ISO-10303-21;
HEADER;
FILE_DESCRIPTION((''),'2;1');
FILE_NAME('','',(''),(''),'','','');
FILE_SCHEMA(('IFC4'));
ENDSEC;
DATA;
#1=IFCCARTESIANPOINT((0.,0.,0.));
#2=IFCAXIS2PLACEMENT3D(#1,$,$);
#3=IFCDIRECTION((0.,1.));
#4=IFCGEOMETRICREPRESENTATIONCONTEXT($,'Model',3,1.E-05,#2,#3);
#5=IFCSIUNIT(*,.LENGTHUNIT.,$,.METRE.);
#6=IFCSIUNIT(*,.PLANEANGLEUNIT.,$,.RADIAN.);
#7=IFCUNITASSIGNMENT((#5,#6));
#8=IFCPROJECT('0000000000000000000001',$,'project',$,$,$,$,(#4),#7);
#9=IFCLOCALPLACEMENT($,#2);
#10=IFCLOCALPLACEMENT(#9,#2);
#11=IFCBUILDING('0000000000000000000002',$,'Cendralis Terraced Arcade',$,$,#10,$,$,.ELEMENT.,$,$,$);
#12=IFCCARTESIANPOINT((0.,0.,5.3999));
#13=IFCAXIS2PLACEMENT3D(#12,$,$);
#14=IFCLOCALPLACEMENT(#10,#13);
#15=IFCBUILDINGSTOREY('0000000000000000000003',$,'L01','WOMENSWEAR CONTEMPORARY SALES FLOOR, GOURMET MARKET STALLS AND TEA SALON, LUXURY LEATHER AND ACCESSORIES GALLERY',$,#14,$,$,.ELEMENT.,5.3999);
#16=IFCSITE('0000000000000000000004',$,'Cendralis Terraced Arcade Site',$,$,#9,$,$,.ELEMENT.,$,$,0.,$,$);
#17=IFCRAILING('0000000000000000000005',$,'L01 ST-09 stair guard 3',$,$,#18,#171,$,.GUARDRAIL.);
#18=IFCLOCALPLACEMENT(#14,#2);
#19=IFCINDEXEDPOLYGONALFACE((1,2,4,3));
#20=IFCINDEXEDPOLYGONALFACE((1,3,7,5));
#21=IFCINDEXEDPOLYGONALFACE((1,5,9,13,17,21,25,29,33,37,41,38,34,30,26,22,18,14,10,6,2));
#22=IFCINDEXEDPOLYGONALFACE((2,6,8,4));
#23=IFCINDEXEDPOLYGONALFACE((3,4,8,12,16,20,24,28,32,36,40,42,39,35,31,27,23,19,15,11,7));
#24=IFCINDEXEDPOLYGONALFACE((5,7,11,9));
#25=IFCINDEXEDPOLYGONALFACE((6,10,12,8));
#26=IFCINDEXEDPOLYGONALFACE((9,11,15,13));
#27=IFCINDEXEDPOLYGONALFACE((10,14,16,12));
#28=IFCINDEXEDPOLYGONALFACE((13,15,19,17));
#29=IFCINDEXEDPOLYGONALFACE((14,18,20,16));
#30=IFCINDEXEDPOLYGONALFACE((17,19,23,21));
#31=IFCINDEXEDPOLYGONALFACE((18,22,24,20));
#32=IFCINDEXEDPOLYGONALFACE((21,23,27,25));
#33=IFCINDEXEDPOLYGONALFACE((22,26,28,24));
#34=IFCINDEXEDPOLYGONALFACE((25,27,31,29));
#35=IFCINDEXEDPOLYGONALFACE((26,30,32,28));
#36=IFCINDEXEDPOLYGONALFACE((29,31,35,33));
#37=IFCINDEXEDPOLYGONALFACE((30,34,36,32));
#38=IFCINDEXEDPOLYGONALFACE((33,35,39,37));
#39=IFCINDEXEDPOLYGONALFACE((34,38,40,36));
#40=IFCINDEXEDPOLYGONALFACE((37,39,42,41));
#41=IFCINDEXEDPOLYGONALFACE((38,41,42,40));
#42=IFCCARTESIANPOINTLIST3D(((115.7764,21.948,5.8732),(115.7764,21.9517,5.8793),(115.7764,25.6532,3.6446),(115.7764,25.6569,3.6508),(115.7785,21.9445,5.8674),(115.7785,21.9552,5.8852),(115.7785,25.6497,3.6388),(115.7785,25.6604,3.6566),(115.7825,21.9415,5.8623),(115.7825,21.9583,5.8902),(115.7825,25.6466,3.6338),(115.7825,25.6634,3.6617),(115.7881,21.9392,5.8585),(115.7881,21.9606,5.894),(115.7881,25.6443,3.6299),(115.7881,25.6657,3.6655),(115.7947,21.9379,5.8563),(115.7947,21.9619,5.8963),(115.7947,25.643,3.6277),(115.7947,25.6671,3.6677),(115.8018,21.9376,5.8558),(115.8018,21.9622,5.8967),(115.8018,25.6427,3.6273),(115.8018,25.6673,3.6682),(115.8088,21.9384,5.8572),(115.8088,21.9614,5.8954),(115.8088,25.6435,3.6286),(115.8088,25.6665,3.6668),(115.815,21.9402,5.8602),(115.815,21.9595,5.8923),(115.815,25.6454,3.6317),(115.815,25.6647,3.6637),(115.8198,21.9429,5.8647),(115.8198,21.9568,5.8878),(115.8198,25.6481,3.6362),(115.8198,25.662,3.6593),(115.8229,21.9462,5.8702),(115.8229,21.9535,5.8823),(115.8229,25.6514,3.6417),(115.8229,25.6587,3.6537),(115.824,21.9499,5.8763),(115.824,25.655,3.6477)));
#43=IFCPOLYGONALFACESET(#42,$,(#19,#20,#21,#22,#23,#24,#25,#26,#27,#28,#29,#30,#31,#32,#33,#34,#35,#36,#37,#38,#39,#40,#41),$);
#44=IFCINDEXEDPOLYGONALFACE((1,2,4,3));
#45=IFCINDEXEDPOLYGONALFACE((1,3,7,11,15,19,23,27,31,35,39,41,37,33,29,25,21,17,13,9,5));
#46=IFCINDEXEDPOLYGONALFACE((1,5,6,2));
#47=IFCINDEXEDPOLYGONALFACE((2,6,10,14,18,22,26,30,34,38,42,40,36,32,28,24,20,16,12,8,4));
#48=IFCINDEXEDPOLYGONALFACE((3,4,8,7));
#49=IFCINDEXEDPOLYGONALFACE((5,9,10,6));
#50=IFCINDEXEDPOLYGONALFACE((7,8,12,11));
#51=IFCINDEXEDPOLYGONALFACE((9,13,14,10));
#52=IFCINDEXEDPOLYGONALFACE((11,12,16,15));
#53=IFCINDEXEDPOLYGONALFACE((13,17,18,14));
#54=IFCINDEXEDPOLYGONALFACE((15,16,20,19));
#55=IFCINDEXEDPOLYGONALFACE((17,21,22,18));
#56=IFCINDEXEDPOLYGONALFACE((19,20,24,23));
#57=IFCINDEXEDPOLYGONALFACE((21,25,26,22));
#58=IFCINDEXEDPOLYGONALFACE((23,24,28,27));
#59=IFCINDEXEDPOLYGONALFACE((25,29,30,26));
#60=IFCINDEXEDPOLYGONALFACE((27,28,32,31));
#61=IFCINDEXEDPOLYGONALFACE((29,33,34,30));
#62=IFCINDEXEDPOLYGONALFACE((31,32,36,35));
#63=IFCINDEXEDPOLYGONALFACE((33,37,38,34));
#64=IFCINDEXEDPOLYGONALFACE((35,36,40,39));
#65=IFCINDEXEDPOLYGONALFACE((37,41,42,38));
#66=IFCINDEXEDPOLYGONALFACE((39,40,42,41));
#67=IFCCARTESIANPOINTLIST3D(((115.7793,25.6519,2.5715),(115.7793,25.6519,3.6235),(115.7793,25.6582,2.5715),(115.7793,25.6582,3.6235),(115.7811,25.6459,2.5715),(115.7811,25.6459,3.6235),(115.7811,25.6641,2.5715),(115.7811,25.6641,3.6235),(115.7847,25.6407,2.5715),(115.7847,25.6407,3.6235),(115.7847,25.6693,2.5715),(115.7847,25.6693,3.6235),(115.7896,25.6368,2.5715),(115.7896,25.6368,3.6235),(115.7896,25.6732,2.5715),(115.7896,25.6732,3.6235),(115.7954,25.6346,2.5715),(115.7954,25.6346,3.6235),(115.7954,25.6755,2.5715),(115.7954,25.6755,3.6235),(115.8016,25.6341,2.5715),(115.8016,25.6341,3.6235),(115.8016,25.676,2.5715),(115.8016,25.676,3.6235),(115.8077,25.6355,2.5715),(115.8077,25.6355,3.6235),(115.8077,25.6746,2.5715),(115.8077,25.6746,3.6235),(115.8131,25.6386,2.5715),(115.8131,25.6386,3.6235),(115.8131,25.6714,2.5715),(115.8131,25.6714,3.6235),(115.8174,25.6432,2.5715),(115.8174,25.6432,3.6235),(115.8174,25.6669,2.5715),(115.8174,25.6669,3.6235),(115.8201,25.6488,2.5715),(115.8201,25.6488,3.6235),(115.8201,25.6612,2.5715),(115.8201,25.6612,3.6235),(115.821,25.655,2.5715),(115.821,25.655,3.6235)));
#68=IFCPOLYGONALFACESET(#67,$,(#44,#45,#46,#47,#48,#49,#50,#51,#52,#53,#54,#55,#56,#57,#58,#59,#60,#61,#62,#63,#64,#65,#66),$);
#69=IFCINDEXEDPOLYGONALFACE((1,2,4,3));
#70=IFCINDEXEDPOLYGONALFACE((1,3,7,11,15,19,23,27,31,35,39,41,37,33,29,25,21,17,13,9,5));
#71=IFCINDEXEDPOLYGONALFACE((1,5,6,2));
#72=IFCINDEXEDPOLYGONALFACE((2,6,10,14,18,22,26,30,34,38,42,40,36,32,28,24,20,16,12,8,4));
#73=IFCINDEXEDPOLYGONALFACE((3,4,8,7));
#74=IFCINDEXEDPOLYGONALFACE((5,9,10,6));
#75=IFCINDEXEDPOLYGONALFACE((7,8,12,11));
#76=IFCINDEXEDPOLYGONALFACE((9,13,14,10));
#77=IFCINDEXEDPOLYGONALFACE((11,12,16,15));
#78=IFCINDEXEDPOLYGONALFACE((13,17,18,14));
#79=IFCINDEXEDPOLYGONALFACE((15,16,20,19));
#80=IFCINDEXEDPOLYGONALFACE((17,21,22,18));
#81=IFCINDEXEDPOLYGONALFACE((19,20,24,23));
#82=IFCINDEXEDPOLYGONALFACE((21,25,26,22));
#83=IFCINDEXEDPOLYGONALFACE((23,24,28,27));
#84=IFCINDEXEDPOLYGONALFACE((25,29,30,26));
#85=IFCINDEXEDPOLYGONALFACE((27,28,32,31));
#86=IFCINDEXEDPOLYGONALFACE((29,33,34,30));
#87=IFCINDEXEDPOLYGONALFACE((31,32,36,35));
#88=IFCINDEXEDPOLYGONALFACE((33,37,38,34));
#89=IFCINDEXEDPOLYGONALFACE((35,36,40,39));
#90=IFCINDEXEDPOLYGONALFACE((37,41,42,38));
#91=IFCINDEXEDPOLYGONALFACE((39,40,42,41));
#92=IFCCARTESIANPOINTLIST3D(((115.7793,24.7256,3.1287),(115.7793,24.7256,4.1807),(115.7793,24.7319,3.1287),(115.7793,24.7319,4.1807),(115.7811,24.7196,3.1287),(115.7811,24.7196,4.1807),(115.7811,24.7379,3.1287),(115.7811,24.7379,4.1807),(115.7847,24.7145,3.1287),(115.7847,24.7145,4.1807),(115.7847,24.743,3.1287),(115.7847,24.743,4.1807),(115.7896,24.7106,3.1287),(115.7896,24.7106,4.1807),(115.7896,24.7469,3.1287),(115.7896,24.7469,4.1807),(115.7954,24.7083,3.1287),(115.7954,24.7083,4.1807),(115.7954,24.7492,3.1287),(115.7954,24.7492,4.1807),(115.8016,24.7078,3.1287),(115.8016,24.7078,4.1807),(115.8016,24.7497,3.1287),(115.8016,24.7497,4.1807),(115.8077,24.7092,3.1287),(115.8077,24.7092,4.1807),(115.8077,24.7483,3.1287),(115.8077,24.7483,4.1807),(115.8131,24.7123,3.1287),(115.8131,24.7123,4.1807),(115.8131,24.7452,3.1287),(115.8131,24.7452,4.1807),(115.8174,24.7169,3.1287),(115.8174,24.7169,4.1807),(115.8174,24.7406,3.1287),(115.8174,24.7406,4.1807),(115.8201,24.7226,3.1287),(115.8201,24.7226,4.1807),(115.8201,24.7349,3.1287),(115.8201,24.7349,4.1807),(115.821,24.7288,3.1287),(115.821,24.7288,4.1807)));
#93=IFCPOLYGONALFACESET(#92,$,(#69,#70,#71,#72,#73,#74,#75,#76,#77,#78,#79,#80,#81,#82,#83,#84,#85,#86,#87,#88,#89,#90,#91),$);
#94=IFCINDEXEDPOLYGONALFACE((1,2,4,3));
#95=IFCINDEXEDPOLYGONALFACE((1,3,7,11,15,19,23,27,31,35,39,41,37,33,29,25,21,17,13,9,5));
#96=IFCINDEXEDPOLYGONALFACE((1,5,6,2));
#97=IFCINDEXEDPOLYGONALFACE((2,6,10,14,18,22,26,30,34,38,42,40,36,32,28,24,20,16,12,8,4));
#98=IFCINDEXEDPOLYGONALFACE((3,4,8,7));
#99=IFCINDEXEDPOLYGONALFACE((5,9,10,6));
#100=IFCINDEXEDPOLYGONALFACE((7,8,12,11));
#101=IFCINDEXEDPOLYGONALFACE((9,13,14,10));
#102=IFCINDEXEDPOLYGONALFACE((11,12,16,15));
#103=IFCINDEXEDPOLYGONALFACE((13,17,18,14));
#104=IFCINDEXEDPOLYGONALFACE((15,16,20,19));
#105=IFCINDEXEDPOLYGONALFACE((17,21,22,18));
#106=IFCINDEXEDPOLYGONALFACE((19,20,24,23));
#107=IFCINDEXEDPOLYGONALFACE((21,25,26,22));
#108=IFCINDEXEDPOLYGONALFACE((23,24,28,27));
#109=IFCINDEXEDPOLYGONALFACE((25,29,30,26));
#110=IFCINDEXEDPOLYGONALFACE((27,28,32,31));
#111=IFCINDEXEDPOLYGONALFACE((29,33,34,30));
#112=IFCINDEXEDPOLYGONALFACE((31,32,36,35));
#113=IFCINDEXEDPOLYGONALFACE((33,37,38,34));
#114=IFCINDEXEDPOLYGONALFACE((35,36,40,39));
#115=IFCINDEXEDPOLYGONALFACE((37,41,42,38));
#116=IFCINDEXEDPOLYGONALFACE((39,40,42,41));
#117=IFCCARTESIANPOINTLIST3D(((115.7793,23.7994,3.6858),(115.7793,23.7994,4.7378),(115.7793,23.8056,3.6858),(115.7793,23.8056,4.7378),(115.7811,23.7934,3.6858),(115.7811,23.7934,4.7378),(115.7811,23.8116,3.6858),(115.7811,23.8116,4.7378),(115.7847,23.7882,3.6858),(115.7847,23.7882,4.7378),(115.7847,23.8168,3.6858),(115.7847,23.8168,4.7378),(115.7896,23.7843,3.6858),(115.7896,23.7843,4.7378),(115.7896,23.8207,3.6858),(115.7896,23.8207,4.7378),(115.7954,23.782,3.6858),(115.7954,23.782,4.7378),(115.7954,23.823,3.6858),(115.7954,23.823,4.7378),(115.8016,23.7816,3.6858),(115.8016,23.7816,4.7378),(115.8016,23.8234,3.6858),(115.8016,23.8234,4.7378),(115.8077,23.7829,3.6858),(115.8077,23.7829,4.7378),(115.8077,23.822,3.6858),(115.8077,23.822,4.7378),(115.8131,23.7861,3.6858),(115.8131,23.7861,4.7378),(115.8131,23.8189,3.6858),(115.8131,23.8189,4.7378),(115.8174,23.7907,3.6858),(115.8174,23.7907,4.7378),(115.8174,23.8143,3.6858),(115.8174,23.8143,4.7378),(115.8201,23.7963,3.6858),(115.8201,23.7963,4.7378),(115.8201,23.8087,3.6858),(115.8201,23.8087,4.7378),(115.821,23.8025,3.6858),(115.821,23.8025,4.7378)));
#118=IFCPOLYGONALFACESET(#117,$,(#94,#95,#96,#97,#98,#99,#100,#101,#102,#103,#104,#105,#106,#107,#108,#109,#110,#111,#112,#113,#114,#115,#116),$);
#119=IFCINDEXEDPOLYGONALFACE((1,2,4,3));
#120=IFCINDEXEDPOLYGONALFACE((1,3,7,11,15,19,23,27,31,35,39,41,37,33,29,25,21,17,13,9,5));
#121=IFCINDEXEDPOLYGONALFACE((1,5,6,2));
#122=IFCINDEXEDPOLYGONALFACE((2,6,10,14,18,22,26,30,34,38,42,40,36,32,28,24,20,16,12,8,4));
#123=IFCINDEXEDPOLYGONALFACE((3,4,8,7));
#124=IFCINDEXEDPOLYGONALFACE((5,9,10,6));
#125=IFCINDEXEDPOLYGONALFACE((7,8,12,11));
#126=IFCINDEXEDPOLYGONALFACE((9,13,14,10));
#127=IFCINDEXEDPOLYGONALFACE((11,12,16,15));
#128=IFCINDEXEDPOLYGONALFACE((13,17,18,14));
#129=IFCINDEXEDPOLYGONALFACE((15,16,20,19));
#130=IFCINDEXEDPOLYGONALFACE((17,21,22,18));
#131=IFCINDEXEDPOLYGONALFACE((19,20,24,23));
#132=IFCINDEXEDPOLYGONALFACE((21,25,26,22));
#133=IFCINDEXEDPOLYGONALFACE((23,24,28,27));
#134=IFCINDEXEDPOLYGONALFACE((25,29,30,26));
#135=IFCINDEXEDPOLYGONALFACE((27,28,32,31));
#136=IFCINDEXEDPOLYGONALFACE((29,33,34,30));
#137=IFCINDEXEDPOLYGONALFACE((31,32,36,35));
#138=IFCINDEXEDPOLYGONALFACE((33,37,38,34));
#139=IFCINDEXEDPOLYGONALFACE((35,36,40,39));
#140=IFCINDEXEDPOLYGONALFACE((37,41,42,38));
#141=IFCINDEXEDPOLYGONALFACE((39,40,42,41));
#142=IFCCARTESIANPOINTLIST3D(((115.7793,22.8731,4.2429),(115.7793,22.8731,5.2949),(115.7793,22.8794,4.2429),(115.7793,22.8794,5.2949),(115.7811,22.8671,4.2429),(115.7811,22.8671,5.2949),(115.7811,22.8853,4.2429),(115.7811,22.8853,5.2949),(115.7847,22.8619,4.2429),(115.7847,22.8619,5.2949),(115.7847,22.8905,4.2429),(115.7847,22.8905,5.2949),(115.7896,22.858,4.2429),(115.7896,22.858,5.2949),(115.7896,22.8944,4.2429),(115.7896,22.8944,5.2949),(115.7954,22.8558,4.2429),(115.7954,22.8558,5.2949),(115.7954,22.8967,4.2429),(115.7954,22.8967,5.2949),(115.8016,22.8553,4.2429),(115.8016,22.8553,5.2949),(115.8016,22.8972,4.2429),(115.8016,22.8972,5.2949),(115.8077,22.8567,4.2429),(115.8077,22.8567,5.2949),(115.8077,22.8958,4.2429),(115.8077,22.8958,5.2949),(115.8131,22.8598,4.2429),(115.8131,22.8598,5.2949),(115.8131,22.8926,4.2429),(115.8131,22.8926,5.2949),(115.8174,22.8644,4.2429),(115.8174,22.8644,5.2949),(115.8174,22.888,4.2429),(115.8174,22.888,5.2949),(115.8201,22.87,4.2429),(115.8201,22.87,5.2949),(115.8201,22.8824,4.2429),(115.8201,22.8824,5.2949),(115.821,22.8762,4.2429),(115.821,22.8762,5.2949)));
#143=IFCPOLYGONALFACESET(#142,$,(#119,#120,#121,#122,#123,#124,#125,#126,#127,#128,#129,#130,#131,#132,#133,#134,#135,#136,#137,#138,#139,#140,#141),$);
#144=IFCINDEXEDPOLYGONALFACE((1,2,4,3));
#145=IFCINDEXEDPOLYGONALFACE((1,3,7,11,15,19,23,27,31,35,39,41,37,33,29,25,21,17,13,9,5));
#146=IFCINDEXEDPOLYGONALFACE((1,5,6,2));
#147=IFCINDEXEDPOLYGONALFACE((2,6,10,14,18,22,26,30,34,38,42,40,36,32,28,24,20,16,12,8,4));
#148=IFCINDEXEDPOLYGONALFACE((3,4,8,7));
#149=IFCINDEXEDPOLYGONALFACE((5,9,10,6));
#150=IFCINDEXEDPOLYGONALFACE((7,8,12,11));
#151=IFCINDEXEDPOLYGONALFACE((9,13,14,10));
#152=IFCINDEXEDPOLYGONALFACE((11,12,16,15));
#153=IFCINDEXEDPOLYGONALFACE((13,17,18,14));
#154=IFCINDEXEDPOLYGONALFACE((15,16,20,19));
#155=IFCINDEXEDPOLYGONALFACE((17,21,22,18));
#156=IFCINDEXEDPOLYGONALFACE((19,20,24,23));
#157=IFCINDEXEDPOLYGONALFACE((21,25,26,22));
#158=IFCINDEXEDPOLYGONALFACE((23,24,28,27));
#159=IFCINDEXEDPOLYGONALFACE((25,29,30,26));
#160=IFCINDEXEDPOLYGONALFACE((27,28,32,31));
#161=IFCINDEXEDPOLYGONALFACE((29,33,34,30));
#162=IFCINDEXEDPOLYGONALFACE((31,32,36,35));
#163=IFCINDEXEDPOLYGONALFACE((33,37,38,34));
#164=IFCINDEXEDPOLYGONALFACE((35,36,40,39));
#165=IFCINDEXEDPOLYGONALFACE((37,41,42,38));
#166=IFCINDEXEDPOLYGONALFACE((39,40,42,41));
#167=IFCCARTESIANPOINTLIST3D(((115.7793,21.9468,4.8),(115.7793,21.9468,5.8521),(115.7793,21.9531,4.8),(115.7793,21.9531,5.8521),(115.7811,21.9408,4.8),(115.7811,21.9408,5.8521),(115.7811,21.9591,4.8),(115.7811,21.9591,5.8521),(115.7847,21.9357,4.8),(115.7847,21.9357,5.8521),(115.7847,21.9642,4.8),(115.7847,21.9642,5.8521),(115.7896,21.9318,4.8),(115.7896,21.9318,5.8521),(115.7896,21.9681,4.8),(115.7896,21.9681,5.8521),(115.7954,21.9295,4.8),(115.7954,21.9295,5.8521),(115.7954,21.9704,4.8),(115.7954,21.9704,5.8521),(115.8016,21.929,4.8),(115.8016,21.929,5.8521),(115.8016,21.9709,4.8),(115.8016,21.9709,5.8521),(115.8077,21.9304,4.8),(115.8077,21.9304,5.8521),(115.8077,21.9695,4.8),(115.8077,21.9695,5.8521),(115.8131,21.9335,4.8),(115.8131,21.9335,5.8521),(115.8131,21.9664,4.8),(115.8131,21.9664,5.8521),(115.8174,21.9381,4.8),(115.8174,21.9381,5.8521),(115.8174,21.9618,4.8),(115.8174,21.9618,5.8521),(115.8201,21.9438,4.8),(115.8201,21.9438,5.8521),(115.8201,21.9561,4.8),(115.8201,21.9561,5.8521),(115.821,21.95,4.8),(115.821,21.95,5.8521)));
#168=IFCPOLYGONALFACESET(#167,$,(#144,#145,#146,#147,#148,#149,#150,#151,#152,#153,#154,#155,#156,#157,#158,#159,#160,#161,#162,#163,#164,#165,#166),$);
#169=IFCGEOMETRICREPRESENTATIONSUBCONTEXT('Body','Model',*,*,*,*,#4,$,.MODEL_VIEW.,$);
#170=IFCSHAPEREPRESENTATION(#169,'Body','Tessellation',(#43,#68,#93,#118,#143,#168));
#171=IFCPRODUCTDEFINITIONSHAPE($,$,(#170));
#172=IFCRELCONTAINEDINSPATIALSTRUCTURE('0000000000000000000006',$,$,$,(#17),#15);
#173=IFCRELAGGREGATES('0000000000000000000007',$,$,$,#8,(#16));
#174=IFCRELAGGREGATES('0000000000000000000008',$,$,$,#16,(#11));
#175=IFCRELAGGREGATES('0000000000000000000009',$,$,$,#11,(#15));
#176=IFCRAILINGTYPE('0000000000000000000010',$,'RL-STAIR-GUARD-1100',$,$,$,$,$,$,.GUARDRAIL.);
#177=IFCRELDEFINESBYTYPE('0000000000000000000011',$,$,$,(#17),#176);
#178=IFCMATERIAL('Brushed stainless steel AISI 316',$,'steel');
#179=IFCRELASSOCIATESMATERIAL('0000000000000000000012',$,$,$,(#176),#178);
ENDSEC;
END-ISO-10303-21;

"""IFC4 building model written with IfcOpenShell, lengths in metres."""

from ifc_helpers import new_model, si_unit, direction, frame, origin, origin_2d, place, context, subcontext, project, spatial, circle, extrude, material, type_object, element, save


model = new_model("IFC4")

# Units and contexts
model_context = context("Model", 3, precision=1e-05, world=origin(), true_north=direction((0.0, 1.0)))
body_context = subcontext(model_context, "Body", "Model", "MODEL_VIEW")
ifc_project = project(units=[si_unit("LENGTHUNIT", "METRE"), si_unit("PLANEANGLEUNIT", "RADIAN")], contexts=[model_context])

# Site, building, storey
site_placement = place(None, origin())
site = spatial("IfcSite", under=ifc_project, at=site_placement, Name="Cendralis Terraced Arcade Site", CompositionType="ELEMENT", RefElevation=0.0)
building_placement = place(site_placement, origin())
building = spatial("IfcBuilding", under=site, at=building_placement, Name="Cendralis Terraced Arcade", CompositionType="ELEMENT")
storey_placement = place(building_placement, frame((0.0, 0.0, 5.3999)))
storey = spatial("IfcBuildingStorey", under=building, at=storey_placement, Name="L01", Description="WOMENSWEAR CONTEMPORARY SALES FLOOR, GOURMET MARKET STALLS AND TEA SALON, LUXURY LEATHER AND ACCESSORIES GALLERY", CompositionType="ELEMENT", Elevation=5.3999)

# Railing
ifc_material_1 = material(Name="Brushed stainless steel AISI 316", Category="steel")
railing_type_1 = type_object("IfcRailingType", Name="RL-STAIR-GUARD-1100", PredefinedType="GUARDRAIL", material=ifc_material_1)
railing_1_placement = place(storey_placement, frame((115.8, 25.655, 2.5715)))
element("IfcRailing", 1, at=railing_1_placement, inside=storey, type_object=railing_type_1, Name="L01 ST-09 stair guard 3", PredefinedType="GUARDRAIL", context=body_context, shape_type="SweptSolid", body=[
    extrude(circle(Radius=0.0239, at=origin_2d()), frame((0.0, 0.0, 1.0762), z_axis=(0.0, -0.856934, 0.515425), x_axis=(1.0, 0.0, 0.0)), (0.0, 0.0, 1.0), 4.3237),
    extrude(circle(Radius=0.021, at=origin_2d()), origin(), (0.0, 0.0, 1.0), 1.052),
    extrude(circle(Radius=0.021, at=origin_2d()), frame((0.0, -0.9263, 0.5571)), (0.0, 0.0, 1.0), 1.052),
    extrude(circle(Radius=0.021, at=origin_2d()), frame((0.0, -1.8525, 1.1143)), (0.0, 0.0, 1.0), 1.052),
    extrude(circle(Radius=0.021, at=origin_2d()), frame((0.0, -2.7788, 1.6714)), (0.0, 0.0, 1.0), 1.052),
    extrude(circle(Radius=0.021, at=origin_2d()), frame((0.0, -3.7051, 2.2285)), (0.0, 0.0, 1.0), 1.052),
])

save(model, "model.ifc")
